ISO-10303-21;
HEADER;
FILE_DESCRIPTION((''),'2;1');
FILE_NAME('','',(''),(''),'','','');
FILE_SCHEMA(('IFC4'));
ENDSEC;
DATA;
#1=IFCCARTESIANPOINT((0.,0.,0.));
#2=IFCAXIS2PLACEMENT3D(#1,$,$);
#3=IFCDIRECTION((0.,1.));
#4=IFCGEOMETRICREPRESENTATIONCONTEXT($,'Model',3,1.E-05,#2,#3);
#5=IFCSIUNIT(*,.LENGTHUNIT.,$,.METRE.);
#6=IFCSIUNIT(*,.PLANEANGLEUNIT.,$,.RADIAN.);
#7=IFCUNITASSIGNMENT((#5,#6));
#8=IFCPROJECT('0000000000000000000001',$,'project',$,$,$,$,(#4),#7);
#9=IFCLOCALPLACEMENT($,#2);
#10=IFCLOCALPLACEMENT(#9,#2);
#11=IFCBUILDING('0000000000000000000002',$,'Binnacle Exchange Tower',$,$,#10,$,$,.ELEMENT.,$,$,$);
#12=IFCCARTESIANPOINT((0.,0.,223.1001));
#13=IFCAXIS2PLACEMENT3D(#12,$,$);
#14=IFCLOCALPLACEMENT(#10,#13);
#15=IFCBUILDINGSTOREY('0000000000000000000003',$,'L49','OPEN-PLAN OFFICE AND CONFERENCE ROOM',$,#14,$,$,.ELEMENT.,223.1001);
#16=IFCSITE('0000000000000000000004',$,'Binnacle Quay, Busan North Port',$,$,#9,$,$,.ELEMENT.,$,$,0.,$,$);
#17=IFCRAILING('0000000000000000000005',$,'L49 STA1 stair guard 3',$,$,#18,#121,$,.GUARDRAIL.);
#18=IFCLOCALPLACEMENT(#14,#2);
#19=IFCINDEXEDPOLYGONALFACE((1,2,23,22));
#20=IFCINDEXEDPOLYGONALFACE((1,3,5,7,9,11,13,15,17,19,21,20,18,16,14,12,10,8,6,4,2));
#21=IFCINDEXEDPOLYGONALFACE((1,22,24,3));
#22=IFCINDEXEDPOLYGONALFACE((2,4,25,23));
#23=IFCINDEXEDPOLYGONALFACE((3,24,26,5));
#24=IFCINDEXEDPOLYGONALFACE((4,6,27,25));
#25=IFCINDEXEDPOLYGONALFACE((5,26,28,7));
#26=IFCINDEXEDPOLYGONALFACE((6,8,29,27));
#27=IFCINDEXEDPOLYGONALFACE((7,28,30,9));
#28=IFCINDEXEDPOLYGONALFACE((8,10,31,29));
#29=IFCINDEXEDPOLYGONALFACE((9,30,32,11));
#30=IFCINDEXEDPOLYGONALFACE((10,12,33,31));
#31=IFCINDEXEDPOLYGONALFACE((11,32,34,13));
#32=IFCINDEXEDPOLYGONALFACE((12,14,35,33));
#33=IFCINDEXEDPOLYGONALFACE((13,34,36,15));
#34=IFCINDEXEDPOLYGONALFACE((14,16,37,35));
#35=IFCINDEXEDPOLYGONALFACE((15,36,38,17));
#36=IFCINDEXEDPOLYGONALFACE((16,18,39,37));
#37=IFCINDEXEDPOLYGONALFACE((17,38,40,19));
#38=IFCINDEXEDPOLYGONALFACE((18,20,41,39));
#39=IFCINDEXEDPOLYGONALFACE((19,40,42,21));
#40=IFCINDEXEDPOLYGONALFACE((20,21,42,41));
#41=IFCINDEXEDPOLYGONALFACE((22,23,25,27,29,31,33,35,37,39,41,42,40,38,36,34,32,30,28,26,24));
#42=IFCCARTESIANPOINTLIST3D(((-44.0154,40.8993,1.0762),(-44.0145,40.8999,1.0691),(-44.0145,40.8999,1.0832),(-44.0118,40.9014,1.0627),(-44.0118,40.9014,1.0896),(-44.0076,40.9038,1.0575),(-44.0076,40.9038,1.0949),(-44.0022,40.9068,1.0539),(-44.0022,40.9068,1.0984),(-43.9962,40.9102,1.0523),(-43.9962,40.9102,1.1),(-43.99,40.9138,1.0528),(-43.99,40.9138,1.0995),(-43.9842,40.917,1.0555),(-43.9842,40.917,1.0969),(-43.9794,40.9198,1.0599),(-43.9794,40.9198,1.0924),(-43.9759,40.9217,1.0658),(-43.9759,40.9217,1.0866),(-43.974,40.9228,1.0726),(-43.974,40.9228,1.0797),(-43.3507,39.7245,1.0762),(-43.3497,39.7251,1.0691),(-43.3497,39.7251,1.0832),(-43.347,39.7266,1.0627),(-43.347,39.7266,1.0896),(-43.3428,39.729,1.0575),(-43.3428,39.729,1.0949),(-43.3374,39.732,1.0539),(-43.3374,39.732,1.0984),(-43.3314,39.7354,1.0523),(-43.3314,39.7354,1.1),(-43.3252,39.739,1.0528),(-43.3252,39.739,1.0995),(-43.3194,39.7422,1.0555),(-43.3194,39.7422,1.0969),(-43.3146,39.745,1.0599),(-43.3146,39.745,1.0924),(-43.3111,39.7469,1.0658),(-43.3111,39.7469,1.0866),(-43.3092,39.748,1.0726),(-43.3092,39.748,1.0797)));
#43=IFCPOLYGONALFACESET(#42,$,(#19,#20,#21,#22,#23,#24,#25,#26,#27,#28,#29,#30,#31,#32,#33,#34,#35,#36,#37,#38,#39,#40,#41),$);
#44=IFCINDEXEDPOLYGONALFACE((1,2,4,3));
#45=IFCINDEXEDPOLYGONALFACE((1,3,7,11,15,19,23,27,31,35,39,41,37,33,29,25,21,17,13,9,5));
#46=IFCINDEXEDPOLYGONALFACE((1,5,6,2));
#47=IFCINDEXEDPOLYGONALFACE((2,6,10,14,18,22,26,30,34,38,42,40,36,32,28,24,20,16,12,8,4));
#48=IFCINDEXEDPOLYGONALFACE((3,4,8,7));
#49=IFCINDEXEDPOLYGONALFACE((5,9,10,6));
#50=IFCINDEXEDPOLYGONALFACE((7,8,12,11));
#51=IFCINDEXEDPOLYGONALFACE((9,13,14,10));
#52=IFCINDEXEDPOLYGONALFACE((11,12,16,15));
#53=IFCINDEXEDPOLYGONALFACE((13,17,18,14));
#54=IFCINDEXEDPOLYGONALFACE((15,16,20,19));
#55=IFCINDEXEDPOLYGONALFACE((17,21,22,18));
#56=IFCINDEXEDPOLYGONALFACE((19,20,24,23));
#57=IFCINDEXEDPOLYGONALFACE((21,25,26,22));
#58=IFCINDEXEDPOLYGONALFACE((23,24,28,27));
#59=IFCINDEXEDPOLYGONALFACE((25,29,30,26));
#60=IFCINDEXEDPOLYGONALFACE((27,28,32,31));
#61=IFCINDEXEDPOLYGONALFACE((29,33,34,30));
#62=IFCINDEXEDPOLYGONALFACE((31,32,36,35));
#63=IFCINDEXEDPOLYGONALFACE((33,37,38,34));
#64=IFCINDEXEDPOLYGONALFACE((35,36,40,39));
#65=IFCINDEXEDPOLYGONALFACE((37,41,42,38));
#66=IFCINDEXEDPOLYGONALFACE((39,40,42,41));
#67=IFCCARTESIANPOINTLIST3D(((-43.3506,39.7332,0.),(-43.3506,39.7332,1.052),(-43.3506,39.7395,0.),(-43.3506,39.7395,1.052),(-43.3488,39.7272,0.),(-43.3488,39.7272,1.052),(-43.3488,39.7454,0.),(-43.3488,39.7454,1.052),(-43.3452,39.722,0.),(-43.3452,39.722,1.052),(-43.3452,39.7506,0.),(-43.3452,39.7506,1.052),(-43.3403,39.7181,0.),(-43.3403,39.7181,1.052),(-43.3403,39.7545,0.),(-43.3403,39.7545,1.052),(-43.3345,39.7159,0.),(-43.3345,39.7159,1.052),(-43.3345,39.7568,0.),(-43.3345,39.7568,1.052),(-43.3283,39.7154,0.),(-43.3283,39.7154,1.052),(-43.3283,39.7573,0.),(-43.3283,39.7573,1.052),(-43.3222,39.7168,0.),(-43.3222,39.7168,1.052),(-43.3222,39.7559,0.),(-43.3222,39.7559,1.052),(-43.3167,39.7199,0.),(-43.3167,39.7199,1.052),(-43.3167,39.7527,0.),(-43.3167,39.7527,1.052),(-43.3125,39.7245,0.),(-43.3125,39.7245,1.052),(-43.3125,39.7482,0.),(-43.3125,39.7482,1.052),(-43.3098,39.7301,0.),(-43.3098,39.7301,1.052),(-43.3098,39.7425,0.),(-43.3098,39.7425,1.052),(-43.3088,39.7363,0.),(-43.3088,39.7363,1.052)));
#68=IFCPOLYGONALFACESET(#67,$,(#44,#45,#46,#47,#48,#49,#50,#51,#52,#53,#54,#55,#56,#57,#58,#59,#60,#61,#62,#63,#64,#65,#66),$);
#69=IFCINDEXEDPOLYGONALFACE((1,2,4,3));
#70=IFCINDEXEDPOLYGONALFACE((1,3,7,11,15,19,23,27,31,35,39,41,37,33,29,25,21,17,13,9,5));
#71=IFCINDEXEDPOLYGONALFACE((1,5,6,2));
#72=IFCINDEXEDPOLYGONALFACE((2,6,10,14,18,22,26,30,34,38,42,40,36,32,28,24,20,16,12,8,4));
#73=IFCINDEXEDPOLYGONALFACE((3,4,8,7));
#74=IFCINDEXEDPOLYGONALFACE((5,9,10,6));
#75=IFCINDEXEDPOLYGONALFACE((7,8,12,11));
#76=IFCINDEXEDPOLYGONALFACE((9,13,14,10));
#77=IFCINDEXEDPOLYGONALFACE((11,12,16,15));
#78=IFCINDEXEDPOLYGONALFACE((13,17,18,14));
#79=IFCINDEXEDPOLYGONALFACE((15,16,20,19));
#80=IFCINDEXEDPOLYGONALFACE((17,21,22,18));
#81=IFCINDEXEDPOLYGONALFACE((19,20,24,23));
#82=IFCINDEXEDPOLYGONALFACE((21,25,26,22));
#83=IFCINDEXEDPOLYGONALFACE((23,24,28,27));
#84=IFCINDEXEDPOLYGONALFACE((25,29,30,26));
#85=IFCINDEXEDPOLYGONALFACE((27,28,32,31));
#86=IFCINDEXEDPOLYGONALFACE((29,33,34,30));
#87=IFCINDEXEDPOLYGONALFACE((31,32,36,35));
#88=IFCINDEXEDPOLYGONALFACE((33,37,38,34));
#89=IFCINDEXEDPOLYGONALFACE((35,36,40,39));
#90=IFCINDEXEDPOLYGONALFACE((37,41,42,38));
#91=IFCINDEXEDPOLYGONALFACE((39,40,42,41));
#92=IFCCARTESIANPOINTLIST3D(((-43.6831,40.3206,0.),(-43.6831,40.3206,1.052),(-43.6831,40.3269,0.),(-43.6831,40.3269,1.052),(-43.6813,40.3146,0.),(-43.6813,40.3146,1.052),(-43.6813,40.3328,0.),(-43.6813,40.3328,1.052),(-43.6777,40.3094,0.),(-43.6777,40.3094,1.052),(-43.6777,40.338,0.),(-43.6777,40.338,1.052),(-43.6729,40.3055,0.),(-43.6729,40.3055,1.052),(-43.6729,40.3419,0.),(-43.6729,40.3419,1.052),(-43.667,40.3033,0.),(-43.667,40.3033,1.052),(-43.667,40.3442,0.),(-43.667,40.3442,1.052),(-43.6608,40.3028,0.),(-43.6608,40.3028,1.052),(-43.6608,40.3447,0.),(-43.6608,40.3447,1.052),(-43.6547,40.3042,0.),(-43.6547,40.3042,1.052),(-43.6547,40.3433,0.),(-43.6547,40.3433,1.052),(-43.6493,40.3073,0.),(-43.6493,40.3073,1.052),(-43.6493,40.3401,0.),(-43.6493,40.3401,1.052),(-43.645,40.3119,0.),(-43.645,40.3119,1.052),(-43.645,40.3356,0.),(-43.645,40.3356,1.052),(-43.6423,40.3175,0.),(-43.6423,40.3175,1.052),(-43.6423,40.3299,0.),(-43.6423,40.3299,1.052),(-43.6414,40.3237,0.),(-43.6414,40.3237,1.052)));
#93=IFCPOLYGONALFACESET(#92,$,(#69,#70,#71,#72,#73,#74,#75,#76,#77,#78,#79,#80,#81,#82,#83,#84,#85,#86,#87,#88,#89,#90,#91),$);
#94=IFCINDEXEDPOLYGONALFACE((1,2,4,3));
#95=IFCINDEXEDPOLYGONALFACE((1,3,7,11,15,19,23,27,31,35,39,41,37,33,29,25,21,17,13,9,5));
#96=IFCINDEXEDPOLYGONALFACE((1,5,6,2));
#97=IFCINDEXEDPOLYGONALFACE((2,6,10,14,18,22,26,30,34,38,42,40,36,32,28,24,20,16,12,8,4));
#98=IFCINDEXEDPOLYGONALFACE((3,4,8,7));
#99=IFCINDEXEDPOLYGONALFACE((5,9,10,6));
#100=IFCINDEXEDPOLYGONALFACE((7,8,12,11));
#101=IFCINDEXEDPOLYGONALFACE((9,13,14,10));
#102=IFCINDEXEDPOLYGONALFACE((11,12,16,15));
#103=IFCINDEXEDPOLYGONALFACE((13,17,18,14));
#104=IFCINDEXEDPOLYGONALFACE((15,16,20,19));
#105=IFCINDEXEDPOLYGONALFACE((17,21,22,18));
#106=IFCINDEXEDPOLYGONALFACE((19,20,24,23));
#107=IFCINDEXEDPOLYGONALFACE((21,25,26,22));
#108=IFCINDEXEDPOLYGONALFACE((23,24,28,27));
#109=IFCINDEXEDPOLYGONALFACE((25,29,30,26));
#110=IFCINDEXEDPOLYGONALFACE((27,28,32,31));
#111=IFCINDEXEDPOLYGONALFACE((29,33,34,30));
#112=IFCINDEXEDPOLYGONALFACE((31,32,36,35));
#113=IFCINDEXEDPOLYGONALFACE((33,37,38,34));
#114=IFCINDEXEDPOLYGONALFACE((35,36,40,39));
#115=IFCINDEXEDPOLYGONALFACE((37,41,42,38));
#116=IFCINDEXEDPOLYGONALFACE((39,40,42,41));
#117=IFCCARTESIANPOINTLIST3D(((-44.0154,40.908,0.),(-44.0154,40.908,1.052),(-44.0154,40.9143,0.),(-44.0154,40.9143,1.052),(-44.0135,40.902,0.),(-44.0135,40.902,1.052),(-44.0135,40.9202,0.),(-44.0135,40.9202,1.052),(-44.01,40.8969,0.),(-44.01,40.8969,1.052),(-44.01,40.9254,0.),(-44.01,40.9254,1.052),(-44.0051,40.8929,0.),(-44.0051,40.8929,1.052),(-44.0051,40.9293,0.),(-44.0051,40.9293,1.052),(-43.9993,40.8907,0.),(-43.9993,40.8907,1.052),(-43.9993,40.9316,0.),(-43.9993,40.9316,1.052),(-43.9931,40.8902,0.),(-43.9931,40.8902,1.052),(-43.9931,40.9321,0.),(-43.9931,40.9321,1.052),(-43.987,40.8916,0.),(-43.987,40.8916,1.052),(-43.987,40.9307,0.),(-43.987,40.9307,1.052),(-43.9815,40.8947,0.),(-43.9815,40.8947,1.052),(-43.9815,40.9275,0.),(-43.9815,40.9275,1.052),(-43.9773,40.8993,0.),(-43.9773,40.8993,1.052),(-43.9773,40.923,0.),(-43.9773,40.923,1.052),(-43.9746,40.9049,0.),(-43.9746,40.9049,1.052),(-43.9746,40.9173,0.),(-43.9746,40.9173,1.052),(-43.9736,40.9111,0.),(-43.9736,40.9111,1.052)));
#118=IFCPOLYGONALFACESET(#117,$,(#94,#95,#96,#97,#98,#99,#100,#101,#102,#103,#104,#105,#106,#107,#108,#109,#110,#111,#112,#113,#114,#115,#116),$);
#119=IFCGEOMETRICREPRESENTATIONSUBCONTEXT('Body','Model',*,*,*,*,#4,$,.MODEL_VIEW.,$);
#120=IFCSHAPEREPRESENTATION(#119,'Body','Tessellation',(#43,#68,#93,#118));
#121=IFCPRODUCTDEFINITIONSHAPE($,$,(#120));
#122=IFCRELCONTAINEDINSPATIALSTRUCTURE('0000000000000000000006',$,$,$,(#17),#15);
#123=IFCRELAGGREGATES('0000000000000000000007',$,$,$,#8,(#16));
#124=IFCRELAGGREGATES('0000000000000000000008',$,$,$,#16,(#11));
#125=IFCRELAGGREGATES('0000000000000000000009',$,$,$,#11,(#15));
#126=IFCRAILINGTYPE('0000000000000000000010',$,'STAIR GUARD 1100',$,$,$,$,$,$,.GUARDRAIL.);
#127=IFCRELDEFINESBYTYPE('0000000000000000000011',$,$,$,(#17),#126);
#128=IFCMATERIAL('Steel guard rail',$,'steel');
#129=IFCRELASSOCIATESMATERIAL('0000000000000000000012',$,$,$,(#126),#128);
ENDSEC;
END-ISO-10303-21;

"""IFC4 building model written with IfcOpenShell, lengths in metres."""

from ifc_helpers import new_model, si_unit, direction, frame, origin, origin_2d, place, context, subcontext, project, spatial, circle, extrude, material, type_object, element, save


model = new_model("IFC4")

# Units and contexts
model_context = context("Model", 3, precision=1e-05, world=origin(), true_north=direction((0.0, 1.0)))
body_context = subcontext(model_context, "Body", "Model", "MODEL_VIEW")
ifc_project = project(units=[si_unit("LENGTHUNIT", "METRE"), si_unit("PLANEANGLEUNIT", "RADIAN")], contexts=[model_context])

# Site, building, storey
site_placement = place(None, origin())
site = spatial("IfcSite", under=ifc_project, at=site_placement, Name="Binnacle Quay, Busan North Port", CompositionType="ELEMENT", RefElevation=0.0)
building_placement = place(site_placement, origin())
building = spatial("IfcBuilding", under=site, at=building_placement, Name="Binnacle Exchange Tower", CompositionType="ELEMENT")
storey_placement = place(building_placement, frame((0.0, 0.0, 223.1001)))
storey = spatial("IfcBuildingStorey", under=building, at=storey_placement, Name="L49", Description="OPEN-PLAN OFFICE AND CONFERENCE ROOM", CompositionType="ELEMENT", Elevation=223.1001)

# Railing
ifc_material_1 = material(Name="Steel guard rail", Category="steel")
railing_type = type_object("IfcRailingType", Name="STAIR GUARD 1100", PredefinedType="GUARDRAIL", material=ifc_material_1)
railing_1_placement = place(storey_placement, frame((-43.3298, 39.7363, 0.0)))
element("IfcRailing", 1, at=railing_1_placement, inside=storey, type_object=railing_type, Name="L49 STA1 stair guard 3", PredefinedType="GUARDRAIL", context=body_context, shape_type="SweptSolid", body=[
    extrude(circle(Radius=0.0239, at=origin_2d()), frame((0.0, 0.0, 1.0762), z_axis=(-0.492492, 0.870317, 0.0), x_axis=(-0.870317, -0.492492, 0.0)), (0.0, 0.0, 1.0), 1.3499),
    extrude(circle(Radius=0.021, at=origin_2d()), origin(), (0.0, 0.0, 1.0), 1.052),
    extrude(circle(Radius=0.021, at=origin_2d()), frame((-0.3325, 0.5874, 0.0)), (0.0, 0.0, 1.0), 1.052),
    extrude(circle(Radius=0.021, at=origin_2d()), frame((-0.6648, 1.1748, 0.0)), (0.0, 0.0, 1.0), 1.052),
])

save(model, "model.ifc")
